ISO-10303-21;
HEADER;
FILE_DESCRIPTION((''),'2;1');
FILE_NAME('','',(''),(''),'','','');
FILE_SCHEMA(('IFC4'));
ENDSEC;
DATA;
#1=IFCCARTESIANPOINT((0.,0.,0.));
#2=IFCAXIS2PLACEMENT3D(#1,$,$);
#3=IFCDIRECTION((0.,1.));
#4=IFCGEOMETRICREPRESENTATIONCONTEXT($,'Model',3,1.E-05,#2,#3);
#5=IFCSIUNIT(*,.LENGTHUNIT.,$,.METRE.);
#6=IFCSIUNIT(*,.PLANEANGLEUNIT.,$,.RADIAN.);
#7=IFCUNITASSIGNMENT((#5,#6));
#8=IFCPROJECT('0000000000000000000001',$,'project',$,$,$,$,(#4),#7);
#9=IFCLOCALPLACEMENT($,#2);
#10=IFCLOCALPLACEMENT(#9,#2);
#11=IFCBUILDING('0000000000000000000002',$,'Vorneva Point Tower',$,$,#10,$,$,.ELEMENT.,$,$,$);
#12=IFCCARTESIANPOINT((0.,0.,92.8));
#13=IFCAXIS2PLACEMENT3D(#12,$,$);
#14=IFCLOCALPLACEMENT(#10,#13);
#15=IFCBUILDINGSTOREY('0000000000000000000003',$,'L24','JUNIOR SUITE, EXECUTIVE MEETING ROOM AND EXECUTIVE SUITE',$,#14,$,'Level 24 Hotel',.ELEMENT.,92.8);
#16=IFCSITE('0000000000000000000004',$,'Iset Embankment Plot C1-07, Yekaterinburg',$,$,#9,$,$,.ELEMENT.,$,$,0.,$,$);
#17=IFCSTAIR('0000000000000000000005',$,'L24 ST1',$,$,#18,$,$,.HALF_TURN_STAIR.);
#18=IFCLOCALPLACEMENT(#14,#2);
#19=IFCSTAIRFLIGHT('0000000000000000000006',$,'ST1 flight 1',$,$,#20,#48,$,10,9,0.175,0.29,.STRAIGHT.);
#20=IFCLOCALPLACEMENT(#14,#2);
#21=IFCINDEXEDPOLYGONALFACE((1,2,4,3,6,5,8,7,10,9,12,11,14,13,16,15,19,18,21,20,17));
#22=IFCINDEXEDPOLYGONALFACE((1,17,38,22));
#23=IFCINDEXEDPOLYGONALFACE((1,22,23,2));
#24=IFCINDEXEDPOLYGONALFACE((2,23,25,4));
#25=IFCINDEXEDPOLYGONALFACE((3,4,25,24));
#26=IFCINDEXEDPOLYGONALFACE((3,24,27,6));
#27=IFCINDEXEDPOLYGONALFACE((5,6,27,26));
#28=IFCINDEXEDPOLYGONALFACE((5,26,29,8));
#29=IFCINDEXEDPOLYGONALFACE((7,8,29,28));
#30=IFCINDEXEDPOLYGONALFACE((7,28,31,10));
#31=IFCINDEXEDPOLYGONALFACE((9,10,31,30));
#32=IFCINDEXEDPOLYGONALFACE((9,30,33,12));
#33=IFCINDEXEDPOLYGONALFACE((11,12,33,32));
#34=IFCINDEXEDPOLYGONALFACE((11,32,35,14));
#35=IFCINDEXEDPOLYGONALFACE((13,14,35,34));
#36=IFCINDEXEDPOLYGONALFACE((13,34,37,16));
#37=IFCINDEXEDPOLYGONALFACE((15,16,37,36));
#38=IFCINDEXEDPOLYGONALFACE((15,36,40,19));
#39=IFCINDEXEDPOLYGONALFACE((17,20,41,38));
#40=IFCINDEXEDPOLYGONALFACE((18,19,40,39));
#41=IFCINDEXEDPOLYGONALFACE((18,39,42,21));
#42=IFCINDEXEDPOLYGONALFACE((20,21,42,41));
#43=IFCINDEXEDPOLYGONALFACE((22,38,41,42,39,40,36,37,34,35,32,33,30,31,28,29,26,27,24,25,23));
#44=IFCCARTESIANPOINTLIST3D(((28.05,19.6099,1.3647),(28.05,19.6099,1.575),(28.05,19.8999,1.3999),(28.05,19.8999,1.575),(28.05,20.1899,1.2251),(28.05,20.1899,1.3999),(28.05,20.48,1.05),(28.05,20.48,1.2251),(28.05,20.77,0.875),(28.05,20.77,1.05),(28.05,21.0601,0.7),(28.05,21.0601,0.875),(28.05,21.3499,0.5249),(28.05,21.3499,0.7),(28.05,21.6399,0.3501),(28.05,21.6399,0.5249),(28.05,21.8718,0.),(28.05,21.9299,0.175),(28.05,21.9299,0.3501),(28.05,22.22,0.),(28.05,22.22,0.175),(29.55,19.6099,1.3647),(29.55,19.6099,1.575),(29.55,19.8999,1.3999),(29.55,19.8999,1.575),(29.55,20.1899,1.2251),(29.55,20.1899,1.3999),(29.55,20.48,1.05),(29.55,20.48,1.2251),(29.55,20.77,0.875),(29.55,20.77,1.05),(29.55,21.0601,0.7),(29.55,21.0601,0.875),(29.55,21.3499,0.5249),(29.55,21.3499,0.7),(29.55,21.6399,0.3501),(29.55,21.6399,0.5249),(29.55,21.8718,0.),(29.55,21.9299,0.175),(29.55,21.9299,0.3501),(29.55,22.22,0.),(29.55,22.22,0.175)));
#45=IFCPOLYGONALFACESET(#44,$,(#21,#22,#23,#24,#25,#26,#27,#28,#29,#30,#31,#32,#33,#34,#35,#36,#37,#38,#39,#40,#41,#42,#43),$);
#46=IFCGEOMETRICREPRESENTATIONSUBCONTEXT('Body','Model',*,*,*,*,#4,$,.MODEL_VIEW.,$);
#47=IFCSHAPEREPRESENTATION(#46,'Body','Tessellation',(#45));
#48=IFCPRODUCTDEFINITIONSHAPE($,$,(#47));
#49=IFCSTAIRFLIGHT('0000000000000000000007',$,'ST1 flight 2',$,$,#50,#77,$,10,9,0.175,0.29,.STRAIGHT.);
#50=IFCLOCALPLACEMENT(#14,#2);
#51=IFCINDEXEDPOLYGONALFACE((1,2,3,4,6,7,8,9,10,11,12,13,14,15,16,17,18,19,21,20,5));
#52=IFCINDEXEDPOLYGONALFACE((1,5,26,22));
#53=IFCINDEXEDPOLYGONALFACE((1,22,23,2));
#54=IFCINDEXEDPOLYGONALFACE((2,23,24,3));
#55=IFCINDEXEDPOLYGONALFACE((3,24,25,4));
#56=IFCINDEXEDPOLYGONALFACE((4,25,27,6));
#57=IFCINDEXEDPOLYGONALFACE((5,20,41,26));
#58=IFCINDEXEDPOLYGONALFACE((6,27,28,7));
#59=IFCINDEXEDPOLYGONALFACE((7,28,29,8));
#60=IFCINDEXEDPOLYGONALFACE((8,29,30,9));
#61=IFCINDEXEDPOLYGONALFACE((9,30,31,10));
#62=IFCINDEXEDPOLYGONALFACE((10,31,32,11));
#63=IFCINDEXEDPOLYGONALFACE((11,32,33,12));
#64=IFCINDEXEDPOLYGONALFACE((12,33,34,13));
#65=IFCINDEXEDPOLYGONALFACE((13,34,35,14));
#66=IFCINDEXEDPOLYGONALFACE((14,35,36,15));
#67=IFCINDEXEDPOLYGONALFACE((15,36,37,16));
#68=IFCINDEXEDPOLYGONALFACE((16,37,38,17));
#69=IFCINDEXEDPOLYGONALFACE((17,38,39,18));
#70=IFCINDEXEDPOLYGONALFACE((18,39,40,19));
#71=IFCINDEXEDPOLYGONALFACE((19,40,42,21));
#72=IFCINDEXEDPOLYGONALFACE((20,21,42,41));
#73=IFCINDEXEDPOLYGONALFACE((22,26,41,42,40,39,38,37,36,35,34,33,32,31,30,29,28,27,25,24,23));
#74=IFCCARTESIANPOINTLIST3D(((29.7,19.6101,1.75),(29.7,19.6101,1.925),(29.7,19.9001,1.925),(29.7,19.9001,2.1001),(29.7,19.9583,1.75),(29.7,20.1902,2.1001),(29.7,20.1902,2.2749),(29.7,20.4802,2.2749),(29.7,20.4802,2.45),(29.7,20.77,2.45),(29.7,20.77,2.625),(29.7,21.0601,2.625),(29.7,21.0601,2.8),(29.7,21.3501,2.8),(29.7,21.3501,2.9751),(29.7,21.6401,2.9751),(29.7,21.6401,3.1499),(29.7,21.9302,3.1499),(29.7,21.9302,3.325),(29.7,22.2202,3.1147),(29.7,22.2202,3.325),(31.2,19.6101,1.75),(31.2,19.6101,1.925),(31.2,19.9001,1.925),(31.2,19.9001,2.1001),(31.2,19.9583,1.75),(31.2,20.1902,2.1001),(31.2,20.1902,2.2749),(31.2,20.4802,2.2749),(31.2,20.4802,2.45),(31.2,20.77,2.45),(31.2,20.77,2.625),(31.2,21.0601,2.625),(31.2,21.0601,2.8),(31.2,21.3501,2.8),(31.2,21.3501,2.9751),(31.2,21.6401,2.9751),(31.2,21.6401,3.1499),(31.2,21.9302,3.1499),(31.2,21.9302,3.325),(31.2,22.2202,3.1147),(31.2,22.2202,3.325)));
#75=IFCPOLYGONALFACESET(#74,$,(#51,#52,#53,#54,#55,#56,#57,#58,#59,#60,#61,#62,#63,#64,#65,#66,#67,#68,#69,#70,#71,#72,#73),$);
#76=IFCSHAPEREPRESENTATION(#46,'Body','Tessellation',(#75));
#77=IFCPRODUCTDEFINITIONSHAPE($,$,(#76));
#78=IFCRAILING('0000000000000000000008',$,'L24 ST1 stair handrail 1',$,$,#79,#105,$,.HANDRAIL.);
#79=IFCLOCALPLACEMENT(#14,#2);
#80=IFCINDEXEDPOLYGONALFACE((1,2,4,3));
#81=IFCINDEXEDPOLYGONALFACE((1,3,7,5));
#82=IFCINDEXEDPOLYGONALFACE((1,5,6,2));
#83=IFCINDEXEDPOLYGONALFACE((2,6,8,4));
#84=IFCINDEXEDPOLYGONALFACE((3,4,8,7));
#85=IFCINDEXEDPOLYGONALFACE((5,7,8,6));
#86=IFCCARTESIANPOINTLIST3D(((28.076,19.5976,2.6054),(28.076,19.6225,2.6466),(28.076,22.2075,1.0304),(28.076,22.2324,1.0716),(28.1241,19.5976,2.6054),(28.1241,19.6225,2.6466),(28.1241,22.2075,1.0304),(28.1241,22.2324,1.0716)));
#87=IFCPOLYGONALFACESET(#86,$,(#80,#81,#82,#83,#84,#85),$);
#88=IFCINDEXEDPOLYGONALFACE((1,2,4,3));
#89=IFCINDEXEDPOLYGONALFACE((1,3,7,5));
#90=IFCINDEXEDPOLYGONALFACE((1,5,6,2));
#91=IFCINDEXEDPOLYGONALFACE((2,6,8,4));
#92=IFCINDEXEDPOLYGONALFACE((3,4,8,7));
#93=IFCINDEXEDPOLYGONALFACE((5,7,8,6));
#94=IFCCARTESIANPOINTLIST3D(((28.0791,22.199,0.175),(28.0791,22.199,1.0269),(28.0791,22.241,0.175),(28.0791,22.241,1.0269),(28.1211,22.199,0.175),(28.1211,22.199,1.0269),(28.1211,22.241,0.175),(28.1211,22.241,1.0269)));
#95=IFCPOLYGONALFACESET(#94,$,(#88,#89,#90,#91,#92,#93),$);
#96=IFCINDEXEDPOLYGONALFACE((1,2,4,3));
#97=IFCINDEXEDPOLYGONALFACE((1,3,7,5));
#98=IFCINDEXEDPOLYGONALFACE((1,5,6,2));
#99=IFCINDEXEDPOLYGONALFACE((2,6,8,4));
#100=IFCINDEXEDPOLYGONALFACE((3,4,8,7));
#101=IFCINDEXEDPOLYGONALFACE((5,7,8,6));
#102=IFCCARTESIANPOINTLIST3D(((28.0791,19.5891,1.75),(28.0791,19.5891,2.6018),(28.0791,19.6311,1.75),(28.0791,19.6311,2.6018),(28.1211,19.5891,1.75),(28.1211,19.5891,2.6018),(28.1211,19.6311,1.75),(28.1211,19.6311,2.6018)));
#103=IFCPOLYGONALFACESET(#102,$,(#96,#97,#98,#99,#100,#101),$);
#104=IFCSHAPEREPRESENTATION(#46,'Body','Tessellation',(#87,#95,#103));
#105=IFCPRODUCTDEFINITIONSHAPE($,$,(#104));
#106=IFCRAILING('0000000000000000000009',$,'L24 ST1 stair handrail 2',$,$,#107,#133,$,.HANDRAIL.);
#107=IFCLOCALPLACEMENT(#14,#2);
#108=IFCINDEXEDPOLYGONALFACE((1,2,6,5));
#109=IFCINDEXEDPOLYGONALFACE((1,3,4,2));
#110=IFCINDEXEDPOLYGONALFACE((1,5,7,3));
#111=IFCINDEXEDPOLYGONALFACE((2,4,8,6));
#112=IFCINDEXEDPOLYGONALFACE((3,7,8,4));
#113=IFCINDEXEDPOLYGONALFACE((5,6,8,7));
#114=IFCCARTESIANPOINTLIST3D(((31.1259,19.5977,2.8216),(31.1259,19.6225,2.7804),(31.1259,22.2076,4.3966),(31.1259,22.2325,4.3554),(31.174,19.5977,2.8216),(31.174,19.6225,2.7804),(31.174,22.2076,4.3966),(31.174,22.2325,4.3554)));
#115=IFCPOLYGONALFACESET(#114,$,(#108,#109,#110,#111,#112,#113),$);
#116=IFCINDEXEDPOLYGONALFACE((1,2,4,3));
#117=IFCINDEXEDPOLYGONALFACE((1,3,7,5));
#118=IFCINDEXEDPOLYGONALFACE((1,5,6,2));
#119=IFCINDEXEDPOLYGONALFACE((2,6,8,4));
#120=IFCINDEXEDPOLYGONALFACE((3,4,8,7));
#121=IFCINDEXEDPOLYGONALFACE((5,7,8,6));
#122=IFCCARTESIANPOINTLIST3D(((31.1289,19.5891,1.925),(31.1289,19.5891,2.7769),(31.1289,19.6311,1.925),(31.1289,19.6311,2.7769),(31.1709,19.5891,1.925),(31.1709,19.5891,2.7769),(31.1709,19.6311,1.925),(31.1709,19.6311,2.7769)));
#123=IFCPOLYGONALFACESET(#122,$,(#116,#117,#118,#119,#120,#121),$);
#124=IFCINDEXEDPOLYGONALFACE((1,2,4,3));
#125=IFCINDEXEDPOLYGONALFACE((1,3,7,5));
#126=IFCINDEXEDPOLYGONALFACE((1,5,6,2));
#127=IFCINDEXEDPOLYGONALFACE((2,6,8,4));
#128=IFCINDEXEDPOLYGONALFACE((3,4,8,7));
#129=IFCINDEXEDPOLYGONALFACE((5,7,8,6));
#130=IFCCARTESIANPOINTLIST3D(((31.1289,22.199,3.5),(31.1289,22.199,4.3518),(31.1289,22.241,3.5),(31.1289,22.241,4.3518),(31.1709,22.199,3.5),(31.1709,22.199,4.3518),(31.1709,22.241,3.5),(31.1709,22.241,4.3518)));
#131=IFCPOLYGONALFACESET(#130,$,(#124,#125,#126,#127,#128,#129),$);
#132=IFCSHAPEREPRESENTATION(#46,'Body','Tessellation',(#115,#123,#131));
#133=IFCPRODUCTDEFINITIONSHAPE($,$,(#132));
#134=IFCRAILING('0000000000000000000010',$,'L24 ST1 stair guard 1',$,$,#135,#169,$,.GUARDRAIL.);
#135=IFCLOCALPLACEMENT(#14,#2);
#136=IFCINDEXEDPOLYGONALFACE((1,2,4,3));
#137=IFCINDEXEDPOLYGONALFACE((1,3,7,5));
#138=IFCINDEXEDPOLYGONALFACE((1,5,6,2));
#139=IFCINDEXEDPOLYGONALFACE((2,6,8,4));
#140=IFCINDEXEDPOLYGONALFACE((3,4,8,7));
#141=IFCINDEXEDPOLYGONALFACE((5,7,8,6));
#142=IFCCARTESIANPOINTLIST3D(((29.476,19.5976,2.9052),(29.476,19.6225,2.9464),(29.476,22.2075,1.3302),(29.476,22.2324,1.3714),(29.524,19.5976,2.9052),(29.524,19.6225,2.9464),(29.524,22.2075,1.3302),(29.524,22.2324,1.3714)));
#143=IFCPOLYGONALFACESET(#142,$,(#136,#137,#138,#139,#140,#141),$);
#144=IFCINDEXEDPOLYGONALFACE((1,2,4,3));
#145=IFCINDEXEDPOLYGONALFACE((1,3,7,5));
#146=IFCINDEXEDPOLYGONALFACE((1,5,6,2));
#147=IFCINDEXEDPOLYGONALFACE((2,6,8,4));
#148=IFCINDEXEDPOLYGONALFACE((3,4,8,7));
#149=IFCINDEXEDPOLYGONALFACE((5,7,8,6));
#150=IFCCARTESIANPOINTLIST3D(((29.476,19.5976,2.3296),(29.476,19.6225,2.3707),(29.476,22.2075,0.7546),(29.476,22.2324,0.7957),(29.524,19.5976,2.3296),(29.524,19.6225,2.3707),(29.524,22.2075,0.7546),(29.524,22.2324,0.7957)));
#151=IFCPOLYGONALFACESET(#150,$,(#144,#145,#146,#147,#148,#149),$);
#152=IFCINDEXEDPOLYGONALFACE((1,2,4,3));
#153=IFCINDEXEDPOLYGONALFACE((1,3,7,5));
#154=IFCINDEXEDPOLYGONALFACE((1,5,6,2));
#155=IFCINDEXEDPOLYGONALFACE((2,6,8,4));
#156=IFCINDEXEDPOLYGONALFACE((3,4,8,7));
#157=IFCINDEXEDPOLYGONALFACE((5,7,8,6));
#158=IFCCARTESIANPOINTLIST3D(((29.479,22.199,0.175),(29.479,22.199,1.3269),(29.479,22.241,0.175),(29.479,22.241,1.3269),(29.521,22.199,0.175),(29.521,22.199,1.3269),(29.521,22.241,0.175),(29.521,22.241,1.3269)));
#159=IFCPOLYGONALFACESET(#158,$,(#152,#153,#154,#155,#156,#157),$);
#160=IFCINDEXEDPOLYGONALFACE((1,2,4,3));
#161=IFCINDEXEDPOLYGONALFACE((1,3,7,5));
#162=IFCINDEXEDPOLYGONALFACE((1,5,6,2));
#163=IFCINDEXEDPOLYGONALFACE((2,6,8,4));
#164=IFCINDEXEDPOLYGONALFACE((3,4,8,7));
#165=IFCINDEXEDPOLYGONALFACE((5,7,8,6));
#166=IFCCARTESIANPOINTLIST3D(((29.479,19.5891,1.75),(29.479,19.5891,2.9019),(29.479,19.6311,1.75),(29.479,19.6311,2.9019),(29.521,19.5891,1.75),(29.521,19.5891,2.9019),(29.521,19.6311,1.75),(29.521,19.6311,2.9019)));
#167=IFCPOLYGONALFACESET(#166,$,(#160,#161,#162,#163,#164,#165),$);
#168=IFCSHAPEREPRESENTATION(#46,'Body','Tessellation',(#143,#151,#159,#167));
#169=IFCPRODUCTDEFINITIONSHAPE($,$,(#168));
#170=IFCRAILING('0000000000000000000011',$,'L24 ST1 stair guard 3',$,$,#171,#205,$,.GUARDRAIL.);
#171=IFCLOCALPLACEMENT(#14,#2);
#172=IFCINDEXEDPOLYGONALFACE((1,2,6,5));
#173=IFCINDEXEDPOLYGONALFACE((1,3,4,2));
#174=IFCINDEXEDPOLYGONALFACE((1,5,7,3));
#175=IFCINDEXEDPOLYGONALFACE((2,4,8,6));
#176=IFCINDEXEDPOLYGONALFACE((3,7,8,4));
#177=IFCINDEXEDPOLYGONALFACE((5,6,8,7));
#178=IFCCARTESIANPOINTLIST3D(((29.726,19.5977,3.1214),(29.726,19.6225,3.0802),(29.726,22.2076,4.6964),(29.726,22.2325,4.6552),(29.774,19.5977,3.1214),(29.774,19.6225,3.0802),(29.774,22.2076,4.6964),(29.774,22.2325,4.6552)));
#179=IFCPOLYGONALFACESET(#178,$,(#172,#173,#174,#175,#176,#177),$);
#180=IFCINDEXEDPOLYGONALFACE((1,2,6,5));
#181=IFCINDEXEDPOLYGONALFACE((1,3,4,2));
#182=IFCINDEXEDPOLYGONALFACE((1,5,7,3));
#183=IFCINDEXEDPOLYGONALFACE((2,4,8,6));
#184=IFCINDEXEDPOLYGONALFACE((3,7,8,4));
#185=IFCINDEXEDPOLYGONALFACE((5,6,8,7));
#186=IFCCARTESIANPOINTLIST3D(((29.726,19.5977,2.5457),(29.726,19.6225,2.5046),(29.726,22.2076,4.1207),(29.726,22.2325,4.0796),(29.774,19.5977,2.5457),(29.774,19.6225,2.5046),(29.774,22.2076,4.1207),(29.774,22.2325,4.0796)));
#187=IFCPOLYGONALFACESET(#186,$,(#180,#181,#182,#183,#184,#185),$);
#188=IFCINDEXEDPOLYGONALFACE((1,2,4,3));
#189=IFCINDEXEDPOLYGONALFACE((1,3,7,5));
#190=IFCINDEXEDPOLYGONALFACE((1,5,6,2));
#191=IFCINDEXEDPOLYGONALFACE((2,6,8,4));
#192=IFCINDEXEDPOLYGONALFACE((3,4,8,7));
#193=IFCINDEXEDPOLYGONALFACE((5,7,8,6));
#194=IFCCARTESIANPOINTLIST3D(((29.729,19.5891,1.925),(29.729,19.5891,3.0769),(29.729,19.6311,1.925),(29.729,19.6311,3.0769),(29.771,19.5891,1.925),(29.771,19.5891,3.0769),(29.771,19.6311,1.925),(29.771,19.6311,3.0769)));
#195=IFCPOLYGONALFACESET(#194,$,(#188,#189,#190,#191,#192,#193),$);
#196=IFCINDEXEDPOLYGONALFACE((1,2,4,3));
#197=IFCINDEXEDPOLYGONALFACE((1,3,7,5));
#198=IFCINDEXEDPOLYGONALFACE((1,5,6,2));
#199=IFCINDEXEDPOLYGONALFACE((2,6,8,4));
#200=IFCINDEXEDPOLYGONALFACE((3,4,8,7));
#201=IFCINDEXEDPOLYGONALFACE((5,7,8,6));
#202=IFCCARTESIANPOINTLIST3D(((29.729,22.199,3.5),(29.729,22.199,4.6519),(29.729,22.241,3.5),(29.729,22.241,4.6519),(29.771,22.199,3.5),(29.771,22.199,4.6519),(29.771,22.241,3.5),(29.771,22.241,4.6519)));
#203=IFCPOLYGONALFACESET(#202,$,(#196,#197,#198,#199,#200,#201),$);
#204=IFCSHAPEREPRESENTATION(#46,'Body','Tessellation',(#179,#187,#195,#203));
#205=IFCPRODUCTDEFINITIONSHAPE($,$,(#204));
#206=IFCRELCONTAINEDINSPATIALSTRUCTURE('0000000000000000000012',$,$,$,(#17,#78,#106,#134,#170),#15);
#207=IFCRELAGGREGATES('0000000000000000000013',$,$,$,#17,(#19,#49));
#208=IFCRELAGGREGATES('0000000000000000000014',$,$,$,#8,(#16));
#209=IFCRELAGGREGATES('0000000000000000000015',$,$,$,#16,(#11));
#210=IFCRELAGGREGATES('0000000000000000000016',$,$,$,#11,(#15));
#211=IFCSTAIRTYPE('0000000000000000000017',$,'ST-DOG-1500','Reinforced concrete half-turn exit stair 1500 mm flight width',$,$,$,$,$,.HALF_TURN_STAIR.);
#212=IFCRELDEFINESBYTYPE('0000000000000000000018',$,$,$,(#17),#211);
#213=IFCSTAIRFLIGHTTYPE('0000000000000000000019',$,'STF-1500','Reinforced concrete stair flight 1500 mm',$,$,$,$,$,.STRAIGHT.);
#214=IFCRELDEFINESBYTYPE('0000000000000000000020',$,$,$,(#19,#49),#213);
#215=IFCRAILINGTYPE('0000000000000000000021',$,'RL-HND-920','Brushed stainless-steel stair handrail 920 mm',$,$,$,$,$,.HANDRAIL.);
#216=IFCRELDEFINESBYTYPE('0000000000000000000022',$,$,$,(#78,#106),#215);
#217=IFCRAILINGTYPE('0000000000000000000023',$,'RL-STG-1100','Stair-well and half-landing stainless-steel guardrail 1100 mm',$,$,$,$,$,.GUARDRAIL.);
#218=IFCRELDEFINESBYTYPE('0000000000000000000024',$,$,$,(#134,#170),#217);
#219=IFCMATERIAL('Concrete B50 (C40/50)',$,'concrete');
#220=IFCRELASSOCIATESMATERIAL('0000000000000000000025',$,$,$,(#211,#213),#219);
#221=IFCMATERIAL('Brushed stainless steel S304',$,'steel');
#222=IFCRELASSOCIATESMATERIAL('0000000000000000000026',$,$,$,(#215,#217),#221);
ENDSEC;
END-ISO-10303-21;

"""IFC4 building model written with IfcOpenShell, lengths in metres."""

from ifc_helpers import new_model, si_unit, direction, frame, origin, origin_2d, place, context, subcontext, project, spatial, polyline, rectangle, outline, extrude, material, type_object, element, aggregate, save


model = new_model("IFC4")

# Units and contexts
model_context = context("Model", 3, precision=1e-05, world=origin(), true_north=direction((0.0, 1.0)))
body_context = subcontext(model_context, "Body", "Model", "MODEL_VIEW")
ifc_project = project(units=[si_unit("LENGTHUNIT", "METRE"), si_unit("PLANEANGLEUNIT", "RADIAN")], contexts=[model_context])

# Site, building, storey
site_placement = place(None, origin())
site = spatial("IfcSite", under=ifc_project, at=site_placement, Name="Iset Embankment Plot C1-07, Yekaterinburg", CompositionType="ELEMENT", RefElevation=0.0)
building_placement = place(site_placement, origin())
building = spatial("IfcBuilding", under=site, at=building_placement, Name="Vorneva Point Tower", CompositionType="ELEMENT")
storey_placement = place(building_placement, frame((0.0, 0.0, 92.8)))
storey = spatial("IfcBuildingStorey", under=building, at=storey_placement, Name="L24", Description="JUNIOR SUITE, EXECUTIVE MEETING ROOM AND EXECUTIVE SUITE", LongName="Level 24 Hotel", CompositionType="ELEMENT", Elevation=92.8)

# Shared definitions
ifc_material_1 = material(Name="Concrete B50 (C40/50)", Category="concrete")

# Stair, stair flights
stair_type = type_object("IfcStairType", Name="ST-DOG-1500", Description="Reinforced concrete half-turn exit stair 1500 mm flight width", PredefinedType="HALF_TURN_STAIR", material=ifc_material_1)
stair_placement = place(storey_placement, origin())
stair = element("IfcStair", 1, at=stair_placement, inside=storey, type_object=stair_type, Name="L24 ST1", PredefinedType="HALF_TURN_STAIR")
stair_flight_type = type_object("IfcStairFlightType", Name="STF-1500", Description="Reinforced concrete stair flight 1500 mm", PredefinedType="STRAIGHT", material=ifc_material_1)
stair_flight_1_placement = place(storey_placement, frame((28.8, 22.22, 0.0), z_axis=(0.0, 0.0, 1.0), x_axis=(0.0, -1.0, 0.0)))
stair_flight_1 = element("IfcStairFlight", 2, at=stair_flight_1_placement, type_object=stair_flight_type, Name="ST1 flight 1", NumberOfRisers=10, NumberOfTreads=9, PredefinedType="STRAIGHT", RiserHeight=0.175, TreadLength=0.29, context=body_context, shape_type="SweptSolid", body=[
    extrude(outline(polyline([(0.0, 0.0), (0.0, 0.175), (0.29, 0.175), (0.29, 0.3501), (0.5801, 0.3501), (0.5801, 0.5249), (0.8701, 0.5249), (0.8701, 0.7), (1.1599, 0.7), (1.1599, 0.875), (1.45, 0.875), (1.45, 1.05), (1.74, 1.05), (1.74, 1.2251), (2.03, 1.2251), (2.03, 1.3999), (2.3201, 1.3999), (2.3201, 1.575), (2.6101, 1.575), (2.6101, 1.75), (2.6101, 1.3647), (0.3481, 0.0), (0.0, 0.0)])), frame((0.0, 0.75, 0.0), z_axis=(0.0, -1.0, 0.0), x_axis=(1.0, 0.0, 0.0)), (0.0, 0.0, 1.0), 1.5),
])
stair_flight_2_placement = place(storey_placement, frame((30.45, 19.6101, 1.75), z_axis=(0.0, 0.0, 1.0), x_axis=(0.0, 1.0, 0.0)))
stair_flight_2 = element("IfcStairFlight", 3, at=stair_flight_2_placement, type_object=stair_flight_type, Name="ST1 flight 2", NumberOfRisers=10, NumberOfTreads=9, PredefinedType="STRAIGHT", RiserHeight=0.175, TreadLength=0.29, context=body_context, shape_type="SweptSolid", body=[
    extrude(outline(polyline([(0.0, 0.0), (0.0, 0.175), (0.29, 0.175), (0.29, 0.3501), (0.5801, 0.3501), (0.5801, 0.5249), (0.8701, 0.5249), (0.8701, 0.7), (1.1599, 0.7), (1.1599, 0.875), (1.45, 0.875), (1.45, 1.05), (1.74, 1.05), (1.74, 1.2251), (2.03, 1.2251), (2.03, 1.3999), (2.3201, 1.3999), (2.3201, 1.575), (2.6101, 1.575), (2.6101, 1.75), (2.6101, 1.3647), (0.3481, 0.0), (0.0, 0.0)])), frame((0.0, 0.75, 0.0), z_axis=(0.0, -1.0, 0.0), x_axis=(1.0, 0.0, 0.0)), (0.0, 0.0, 1.0), 1.5),
])
aggregate(stair, [stair_flight_1, stair_flight_2])

# Railings
ifc_material_2 = material(Name="Brushed stainless steel S304", Category="steel")
railing_type_1 = type_object("IfcRailingType", Name="RL-HND-920", Description="Brushed stainless-steel stair handrail 920 mm", PredefinedType="HANDRAIL", material=ifc_material_2)
railing_1_placement = place(storey_placement, frame((28.1001, 22.22, 0.175)))
element("IfcRailing", 4, at=railing_1_placement, inside=storey, type_object=railing_type_1, Name="L24 ST1 stair handrail 1", PredefinedType="HANDRAIL", context=body_context, shape_type="SweptSolid", body=[
    extrude(rectangle(XDim=0.0481, YDim=0.0481, at=origin_2d()), frame((0.0, 0.0, 0.876), z_axis=(0.0, -0.856183, 0.516673), x_axis=(1.0, 0.0, 0.0)), (0.0, 0.0, 1.0), 3.0483),
    extrude(rectangle(XDim=0.042, YDim=0.042, at=origin_2d()), origin(), (0.0, 0.0, 1.0), 0.8518),
    extrude(rectangle(XDim=0.042, YDim=0.042, at=origin_2d()), frame((0.0, -2.6099, 1.575)), (0.0, 0.0, 1.0), 0.8518),
])
railing_2_placement = place(storey_placement, frame((31.1499, 19.6101, 1.925)))
element("IfcRailing", 5, at=railing_2_placement, inside=storey, type_object=railing_type_1, Name="L24 ST1 stair handrail 2", PredefinedType="HANDRAIL", context=body_context, shape_type="SweptSolid", body=[
    extrude(rectangle(XDim=0.0481, YDim=0.0481, at=origin_2d()), frame((0.0, 0.0, 0.876), z_axis=(0.0, 0.856183, 0.516673), x_axis=(-1.0, 0.0, 0.0)), (0.0, 0.0, 1.0), 3.0483),
    extrude(rectangle(XDim=0.042, YDim=0.042, at=origin_2d()), origin(), (0.0, 0.0, 1.0), 0.8518),
    extrude(rectangle(XDim=0.042, YDim=0.042, at=origin_2d()), frame((0.0, 2.6099, 1.575)), (0.0, 0.0, 1.0), 0.8518),
])
railing_type_2 = type_object("IfcRailingType", Name="RL-STG-1100", Description="Stair-well and half-landing stainless-steel guardrail 1100 mm", PredefinedType="GUARDRAIL", material=ifc_material_2)
railing_3_placement = place(storey_placement, frame((29.5, 22.22, 0.175)))
element("IfcRailing", 6, at=railing_3_placement, inside=storey, type_object=railing_type_2, Name="L24 ST1 stair guard 1", PredefinedType="GUARDRAIL", context=body_context, shape_type="SweptSolid", body=[
    extrude(rectangle(XDim=0.0481, YDim=0.0481, at=origin_2d()), frame((0.0, 0.0, 1.1758), z_axis=(0.0, -0.856183, 0.516673), x_axis=(1.0, 0.0, 0.0)), (0.0, 0.0, 1.0), 3.0483),
    extrude(rectangle(XDim=0.0481, YDim=0.0481, at=origin_2d()), frame((0.0, 0.0, 0.6001), z_axis=(0.0, -0.856183, 0.516673), x_axis=(1.0, 0.0, 0.0)), (0.0, 0.0, 1.0), 3.0483),
    extrude(rectangle(XDim=0.042, YDim=0.042, at=origin_2d()), origin(), (0.0, 0.0, 1.0), 1.1519),
    extrude(rectangle(XDim=0.042, YDim=0.042, at=origin_2d()), frame((0.0, -2.6099, 1.575)), (0.0, 0.0, 1.0), 1.1519),
])
railing_4_placement = place(storey_placement, frame((29.75, 19.6101, 1.925)))
element("IfcRailing", 7, at=railing_4_placement, inside=storey, type_object=railing_type_2, Name="L24 ST1 stair guard 3", PredefinedType="GUARDRAIL", context=body_context, shape_type="SweptSolid", body=[
    extrude(rectangle(XDim=0.0481, YDim=0.0481, at=origin_2d()), frame((0.0, 0.0, 1.1758), z_axis=(0.0, 0.856183, 0.516673), x_axis=(-1.0, 0.0, 0.0)), (0.0, 0.0, 1.0), 3.0483),
    extrude(rectangle(XDim=0.0481, YDim=0.0481, at=origin_2d()), frame((0.0, 0.0, 0.6001), z_axis=(0.0, 0.856183, 0.516673), x_axis=(-1.0, 0.0, 0.0)), (0.0, 0.0, 1.0), 3.0483),
    extrude(rectangle(XDim=0.042, YDim=0.042, at=origin_2d()), origin(), (0.0, 0.0, 1.0), 1.1519),
    extrude(rectangle(XDim=0.042, YDim=0.042, at=origin_2d()), frame((0.0, 2.6099, 1.575)), (0.0, 0.0, 1.0), 1.1519),
])

save(model, "model.ifc")
